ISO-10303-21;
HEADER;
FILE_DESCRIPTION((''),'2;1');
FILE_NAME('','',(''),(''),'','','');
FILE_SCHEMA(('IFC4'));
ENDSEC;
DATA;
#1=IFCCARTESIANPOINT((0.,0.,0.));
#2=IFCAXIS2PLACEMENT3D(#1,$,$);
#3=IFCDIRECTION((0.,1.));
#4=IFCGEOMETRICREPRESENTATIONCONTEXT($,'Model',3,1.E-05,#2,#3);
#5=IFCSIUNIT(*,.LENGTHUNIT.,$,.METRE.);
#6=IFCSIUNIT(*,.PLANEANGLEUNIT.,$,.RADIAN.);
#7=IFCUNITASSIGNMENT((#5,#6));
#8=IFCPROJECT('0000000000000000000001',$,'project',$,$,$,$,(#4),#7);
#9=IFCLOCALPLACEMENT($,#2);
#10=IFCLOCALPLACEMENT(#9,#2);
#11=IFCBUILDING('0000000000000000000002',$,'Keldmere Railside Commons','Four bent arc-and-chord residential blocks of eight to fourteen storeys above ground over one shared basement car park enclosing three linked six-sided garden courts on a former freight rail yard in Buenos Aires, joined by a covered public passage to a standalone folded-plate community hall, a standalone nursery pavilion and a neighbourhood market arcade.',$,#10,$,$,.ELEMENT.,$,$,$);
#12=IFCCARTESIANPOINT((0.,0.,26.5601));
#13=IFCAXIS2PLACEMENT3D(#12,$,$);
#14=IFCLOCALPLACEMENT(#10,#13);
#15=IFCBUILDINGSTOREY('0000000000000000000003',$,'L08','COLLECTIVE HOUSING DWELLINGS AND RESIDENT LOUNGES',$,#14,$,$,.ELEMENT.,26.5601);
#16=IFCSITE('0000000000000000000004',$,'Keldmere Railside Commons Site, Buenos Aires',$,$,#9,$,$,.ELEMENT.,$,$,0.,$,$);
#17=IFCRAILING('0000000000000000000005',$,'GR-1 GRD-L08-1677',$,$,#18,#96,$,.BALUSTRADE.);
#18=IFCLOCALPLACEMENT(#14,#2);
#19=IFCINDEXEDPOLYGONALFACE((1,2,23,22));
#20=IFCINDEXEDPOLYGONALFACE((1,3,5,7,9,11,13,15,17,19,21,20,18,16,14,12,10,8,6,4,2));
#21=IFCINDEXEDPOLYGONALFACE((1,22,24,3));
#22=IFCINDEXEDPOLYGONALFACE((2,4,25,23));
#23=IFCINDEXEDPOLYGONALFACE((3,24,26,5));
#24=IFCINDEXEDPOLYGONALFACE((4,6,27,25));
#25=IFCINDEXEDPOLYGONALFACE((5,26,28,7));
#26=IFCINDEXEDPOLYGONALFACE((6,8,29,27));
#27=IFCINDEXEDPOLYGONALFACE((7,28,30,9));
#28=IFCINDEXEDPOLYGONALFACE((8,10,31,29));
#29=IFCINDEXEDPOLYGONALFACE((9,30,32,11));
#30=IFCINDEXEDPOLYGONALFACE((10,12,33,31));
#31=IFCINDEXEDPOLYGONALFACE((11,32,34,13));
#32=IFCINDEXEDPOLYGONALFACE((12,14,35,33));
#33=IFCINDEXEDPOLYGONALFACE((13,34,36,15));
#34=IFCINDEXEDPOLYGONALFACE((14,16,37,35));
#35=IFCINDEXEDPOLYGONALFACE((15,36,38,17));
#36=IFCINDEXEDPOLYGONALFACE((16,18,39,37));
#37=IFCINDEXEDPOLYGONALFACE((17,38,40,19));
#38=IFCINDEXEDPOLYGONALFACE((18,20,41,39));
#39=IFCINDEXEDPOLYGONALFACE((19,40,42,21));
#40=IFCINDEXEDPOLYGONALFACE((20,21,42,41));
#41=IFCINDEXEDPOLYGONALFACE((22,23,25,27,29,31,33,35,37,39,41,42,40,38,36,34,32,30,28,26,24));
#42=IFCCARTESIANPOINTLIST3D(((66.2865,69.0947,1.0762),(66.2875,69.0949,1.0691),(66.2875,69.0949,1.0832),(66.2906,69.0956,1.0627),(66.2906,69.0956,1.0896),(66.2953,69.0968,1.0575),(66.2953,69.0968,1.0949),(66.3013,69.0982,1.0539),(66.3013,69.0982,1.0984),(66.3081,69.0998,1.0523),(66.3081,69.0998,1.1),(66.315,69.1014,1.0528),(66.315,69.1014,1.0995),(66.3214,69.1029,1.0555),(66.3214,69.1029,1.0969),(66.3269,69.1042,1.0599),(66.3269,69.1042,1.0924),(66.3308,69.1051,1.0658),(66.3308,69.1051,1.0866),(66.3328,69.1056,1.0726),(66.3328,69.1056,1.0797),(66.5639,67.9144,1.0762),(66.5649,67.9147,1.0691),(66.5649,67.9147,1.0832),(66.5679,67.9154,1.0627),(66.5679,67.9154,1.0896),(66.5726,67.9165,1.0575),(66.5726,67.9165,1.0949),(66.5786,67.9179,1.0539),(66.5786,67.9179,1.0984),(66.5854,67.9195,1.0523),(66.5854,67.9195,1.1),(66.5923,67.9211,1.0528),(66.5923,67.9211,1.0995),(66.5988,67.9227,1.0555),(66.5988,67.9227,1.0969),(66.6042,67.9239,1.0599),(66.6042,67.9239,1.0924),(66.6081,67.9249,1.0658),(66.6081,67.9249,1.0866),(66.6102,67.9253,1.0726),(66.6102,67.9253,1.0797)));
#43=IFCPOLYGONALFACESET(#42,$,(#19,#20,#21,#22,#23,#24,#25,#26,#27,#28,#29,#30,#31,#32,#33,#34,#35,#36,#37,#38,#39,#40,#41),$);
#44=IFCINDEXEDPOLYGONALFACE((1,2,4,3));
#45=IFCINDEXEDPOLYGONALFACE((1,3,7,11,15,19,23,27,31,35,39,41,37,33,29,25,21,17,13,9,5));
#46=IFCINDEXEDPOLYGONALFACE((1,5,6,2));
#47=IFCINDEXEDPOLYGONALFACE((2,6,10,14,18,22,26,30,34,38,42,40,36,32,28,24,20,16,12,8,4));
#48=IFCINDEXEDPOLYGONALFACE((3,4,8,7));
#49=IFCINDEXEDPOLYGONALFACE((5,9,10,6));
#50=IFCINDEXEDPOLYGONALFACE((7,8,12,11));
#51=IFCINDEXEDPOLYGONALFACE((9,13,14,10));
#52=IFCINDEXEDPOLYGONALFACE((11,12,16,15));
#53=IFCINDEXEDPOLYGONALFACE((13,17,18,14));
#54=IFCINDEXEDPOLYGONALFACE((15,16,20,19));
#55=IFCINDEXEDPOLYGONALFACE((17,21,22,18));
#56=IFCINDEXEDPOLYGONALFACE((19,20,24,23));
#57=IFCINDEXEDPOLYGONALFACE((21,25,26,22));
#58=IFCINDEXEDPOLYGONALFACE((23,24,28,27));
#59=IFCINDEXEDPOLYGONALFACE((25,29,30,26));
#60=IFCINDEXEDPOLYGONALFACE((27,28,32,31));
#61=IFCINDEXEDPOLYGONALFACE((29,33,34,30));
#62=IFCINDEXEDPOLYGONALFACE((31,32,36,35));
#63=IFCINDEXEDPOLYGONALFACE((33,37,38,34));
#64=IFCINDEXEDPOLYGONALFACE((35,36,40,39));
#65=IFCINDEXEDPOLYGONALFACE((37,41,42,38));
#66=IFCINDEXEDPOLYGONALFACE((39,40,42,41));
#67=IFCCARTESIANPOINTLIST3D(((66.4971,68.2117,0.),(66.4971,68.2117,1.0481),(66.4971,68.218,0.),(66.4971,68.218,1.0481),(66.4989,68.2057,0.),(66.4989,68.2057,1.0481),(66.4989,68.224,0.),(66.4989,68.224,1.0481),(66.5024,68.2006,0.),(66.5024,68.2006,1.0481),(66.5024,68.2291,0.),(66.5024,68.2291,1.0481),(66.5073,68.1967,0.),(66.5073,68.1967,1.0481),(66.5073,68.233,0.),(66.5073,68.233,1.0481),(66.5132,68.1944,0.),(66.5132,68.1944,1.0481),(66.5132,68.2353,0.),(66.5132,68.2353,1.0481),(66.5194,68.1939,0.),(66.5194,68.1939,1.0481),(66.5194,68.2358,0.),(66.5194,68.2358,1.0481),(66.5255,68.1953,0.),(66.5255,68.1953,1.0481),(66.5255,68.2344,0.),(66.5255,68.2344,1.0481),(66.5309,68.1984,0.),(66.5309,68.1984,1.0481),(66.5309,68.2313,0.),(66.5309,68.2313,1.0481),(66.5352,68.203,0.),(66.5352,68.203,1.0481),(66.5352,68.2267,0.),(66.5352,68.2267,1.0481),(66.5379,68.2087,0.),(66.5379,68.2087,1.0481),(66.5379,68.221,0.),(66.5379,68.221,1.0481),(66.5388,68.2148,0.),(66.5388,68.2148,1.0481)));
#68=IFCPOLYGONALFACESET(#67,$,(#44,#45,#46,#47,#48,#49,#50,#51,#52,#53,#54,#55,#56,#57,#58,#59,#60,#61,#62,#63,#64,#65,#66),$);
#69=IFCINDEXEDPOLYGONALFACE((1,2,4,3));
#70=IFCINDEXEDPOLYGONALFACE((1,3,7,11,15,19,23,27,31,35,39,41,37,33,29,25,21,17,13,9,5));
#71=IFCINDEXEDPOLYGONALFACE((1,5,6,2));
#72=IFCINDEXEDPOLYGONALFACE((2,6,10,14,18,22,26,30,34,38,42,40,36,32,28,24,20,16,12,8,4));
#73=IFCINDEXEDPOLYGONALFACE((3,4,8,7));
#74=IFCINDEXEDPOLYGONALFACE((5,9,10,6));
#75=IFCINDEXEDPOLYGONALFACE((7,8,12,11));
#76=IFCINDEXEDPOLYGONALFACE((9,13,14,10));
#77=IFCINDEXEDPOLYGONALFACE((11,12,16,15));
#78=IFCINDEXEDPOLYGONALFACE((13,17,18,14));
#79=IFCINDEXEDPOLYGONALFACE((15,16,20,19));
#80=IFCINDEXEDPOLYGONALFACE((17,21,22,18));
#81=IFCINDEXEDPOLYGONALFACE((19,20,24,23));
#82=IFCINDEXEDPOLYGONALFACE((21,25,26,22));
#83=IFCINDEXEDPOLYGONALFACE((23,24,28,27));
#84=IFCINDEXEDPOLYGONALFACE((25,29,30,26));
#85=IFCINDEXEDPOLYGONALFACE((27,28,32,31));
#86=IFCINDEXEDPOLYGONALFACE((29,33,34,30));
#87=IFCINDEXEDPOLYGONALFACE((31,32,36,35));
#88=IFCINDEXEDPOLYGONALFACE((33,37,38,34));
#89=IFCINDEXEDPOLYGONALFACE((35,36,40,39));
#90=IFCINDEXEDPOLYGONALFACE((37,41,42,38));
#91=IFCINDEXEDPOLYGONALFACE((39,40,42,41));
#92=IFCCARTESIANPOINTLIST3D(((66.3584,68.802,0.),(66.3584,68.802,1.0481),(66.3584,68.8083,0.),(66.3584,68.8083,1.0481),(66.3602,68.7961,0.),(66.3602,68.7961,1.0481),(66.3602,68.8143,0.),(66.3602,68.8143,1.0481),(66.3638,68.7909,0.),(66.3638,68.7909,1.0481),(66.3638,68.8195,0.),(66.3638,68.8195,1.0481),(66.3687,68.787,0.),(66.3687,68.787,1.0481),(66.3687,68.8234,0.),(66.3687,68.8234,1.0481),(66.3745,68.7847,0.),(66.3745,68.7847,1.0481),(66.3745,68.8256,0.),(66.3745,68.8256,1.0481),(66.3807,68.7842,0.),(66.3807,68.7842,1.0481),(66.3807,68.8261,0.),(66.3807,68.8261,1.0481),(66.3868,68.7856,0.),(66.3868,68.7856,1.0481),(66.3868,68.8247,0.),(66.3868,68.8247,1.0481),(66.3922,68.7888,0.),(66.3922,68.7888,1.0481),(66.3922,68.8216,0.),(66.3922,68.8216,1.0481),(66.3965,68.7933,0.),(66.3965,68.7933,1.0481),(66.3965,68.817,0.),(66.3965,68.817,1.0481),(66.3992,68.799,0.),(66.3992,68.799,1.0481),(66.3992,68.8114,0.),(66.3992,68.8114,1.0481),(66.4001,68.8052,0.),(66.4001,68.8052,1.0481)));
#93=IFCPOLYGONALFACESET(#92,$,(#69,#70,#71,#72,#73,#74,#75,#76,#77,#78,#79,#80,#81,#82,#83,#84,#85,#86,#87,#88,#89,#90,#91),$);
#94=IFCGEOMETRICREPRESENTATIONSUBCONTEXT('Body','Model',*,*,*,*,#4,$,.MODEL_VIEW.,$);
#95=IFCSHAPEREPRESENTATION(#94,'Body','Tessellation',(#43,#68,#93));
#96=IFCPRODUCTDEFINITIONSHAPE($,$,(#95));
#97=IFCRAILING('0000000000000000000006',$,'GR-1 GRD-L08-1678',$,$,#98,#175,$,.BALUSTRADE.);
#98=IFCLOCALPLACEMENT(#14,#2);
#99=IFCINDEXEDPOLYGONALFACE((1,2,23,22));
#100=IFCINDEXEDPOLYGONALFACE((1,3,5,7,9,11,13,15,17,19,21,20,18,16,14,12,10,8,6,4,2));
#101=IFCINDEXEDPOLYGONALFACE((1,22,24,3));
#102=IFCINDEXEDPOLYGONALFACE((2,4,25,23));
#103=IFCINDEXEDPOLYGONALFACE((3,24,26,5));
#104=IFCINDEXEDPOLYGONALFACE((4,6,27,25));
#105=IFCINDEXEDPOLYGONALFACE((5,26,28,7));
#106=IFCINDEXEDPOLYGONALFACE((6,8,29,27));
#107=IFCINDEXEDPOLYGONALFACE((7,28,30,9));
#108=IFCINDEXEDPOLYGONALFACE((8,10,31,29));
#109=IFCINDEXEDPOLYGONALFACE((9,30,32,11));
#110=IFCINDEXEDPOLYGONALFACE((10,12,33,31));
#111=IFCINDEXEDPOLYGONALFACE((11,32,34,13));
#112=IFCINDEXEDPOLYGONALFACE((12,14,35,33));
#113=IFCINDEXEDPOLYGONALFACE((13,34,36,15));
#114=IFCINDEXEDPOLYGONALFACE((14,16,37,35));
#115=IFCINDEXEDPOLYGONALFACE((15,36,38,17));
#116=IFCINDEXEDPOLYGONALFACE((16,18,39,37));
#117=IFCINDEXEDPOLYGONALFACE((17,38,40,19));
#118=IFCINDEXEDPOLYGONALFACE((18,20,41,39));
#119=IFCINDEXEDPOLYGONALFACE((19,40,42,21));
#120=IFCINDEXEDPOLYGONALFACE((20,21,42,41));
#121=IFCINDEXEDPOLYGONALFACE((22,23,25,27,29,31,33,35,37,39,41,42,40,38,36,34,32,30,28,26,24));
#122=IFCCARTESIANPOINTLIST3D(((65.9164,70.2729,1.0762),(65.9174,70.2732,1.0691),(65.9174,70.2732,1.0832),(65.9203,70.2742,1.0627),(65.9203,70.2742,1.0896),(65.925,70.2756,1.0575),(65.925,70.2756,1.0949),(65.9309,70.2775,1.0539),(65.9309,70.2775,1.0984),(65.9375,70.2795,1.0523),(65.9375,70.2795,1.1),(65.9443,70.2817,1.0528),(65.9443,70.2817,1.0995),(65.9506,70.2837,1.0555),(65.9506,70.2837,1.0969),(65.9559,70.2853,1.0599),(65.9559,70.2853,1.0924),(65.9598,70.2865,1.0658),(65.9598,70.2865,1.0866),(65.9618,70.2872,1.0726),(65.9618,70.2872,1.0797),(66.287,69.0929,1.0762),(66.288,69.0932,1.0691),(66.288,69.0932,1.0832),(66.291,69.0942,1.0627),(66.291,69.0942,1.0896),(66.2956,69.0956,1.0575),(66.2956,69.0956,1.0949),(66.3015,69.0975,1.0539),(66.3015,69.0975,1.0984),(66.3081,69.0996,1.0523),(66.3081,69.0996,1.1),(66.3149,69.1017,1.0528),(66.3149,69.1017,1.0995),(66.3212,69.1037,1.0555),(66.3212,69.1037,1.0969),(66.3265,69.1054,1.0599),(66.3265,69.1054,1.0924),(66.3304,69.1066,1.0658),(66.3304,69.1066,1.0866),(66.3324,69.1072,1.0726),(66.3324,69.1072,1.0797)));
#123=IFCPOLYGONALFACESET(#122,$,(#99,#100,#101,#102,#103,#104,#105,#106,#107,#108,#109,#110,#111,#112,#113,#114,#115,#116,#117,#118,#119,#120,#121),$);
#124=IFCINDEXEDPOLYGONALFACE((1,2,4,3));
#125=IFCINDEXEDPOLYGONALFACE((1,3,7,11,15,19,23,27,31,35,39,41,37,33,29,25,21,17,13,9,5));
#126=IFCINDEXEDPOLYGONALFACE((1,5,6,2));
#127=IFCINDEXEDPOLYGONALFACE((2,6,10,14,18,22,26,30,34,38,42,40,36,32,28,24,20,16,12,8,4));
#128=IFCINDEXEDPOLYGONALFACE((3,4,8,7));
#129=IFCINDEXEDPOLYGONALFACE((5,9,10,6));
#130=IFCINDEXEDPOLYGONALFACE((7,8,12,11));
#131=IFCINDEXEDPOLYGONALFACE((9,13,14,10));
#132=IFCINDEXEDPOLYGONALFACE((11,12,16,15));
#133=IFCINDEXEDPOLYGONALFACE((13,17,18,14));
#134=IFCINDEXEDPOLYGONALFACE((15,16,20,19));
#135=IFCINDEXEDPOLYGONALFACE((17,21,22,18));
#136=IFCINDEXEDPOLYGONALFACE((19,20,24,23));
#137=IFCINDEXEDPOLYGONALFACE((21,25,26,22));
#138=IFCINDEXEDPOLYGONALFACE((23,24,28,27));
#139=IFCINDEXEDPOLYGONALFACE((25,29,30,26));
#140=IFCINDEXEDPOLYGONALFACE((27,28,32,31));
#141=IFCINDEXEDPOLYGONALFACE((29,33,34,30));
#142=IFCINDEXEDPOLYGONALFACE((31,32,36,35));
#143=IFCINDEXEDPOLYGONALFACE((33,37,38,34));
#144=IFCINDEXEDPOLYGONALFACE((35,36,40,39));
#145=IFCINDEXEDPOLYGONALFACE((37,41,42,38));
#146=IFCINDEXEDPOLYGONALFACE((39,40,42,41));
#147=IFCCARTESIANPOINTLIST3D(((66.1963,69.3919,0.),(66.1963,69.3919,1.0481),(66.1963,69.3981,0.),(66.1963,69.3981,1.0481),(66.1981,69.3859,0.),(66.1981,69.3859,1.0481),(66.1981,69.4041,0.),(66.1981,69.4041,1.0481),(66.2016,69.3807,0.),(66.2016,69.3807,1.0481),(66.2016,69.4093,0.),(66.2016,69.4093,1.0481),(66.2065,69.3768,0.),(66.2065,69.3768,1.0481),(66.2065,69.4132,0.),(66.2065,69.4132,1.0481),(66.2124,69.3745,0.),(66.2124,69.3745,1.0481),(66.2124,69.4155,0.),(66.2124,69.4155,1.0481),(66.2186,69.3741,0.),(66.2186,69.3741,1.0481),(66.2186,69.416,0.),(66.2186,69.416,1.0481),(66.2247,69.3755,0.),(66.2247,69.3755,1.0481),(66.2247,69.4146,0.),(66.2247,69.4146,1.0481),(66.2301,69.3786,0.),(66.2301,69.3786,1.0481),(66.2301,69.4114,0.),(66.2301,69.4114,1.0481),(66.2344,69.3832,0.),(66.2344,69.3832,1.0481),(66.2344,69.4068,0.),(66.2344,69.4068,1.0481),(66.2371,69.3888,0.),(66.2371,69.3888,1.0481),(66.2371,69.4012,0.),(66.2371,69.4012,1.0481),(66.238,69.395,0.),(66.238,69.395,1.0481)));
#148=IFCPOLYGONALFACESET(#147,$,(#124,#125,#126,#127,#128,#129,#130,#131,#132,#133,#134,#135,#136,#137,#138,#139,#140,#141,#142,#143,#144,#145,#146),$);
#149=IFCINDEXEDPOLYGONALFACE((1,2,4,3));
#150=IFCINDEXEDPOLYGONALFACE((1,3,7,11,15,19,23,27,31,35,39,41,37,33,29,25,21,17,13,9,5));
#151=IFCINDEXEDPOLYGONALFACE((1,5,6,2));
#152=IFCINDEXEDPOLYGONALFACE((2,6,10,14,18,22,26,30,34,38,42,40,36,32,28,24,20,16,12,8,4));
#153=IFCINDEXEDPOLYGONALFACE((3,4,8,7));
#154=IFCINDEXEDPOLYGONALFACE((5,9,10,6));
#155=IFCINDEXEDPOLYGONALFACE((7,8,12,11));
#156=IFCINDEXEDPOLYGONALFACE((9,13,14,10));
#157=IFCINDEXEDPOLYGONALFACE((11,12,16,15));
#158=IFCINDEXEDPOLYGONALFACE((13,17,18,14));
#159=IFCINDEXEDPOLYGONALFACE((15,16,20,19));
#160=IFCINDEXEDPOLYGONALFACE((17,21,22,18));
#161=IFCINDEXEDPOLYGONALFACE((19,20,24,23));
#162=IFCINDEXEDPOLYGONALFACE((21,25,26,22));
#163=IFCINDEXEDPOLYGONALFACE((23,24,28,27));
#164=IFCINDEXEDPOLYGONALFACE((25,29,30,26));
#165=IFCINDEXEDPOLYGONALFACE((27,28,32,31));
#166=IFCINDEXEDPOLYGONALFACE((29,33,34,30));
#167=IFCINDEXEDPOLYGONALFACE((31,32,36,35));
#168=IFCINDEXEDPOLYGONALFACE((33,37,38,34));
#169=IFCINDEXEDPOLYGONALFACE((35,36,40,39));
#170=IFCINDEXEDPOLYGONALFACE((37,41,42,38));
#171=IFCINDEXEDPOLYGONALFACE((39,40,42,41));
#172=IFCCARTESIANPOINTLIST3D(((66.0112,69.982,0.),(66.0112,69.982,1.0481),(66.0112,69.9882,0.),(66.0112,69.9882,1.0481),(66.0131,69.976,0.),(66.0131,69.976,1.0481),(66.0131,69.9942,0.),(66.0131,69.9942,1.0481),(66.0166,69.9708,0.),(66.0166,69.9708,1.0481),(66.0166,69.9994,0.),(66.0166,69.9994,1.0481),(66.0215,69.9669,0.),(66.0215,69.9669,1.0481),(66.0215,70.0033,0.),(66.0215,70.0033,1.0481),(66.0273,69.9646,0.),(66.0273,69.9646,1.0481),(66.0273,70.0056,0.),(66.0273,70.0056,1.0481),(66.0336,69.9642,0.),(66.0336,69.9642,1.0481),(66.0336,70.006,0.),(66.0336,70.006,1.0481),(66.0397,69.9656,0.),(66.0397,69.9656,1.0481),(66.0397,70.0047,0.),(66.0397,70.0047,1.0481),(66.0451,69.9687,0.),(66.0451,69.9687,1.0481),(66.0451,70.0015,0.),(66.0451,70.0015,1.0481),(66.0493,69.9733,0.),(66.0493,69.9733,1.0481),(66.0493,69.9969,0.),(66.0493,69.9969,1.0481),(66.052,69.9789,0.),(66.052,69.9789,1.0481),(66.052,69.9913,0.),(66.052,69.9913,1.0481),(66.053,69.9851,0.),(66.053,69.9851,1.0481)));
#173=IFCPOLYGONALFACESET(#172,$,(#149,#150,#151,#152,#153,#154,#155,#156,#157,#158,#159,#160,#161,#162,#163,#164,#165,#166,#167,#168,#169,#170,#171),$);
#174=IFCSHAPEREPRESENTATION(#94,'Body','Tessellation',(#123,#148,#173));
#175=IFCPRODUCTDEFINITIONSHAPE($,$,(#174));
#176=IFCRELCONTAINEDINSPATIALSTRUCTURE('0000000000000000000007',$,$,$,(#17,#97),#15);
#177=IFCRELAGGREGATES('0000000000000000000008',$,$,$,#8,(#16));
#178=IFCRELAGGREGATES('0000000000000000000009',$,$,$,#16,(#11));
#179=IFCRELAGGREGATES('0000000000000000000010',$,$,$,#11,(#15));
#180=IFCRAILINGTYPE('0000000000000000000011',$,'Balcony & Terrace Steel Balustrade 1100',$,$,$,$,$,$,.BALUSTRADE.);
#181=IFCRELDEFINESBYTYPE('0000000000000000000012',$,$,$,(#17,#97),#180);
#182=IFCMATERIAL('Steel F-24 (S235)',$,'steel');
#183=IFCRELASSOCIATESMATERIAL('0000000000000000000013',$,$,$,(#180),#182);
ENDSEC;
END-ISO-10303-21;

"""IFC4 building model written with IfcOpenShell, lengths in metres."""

from ifc_helpers import new_model, si_unit, direction, frame, origin, origin_2d, place, context, subcontext, project, spatial, circle, extrude, material, type_object, element, save


model = new_model("IFC4")

# Units and contexts
model_context = context("Model", 3, precision=1e-05, world=origin(), true_north=direction((0.0, 1.0)))
body_context = subcontext(model_context, "Body", "Model", "MODEL_VIEW")
ifc_project = project(units=[si_unit("LENGTHUNIT", "METRE"), si_unit("PLANEANGLEUNIT", "RADIAN")], contexts=[model_context])

# Site, building, storey
site_placement = place(None, origin())
site = spatial("IfcSite", under=ifc_project, at=site_placement, Name="Keldmere Railside Commons Site, Buenos Aires", CompositionType="ELEMENT", RefElevation=0.0)
building_placement = place(site_placement, origin())
building = spatial("IfcBuilding", under=site, at=building_placement, Name="Keldmere Railside Commons", Description="Four bent arc-and-chord residential blocks of eight to fourteen storeys above ground over one shared basement car park enclosing three linked six-sided garden courts on a former freight rail yard in Buenos Aires, joined by a covered public passage to a standalone folded-plate community hall, a standalone nursery pavilion and a neighbourhood market arcade.", CompositionType="ELEMENT")
storey_placement = place(building_placement, frame((0.0, 0.0, 26.5601)))
storey = spatial("IfcBuildingStorey", under=building, at=storey_placement, Name="L08", Description="COLLECTIVE HOUSING DWELLINGS AND RESIDENT LOUNGES", CompositionType="ELEMENT", Elevation=26.5601)

# Railings
ifc_material_1 = material(Name="Steel F-24 (S235)", Category="steel")
railing_type = type_object("IfcRailingType", Name="Balcony & Terrace Steel Balustrade 1100", PredefinedType="BALUSTRADE", material=ifc_material_1)
railing_1_placement = place(storey_placement, frame((66.5872, 67.9199, 0.0)))
element("IfcRailing", 1, at=railing_1_placement, inside=storey, type_object=railing_type, Name="GR-1 GRD-L08-1677", PredefinedType="BALUSTRADE", context=body_context, shape_type="SweptSolid", body=[
    extrude(circle(Radius=0.0239, at=origin_2d()), frame((0.0, 0.0, 1.0762), z_axis=(-0.22877, 0.973481, 0.0), x_axis=(-0.973481, -0.22877, 0.0)), (0.0, 0.0, 1.0), 1.2124),
    extrude(circle(Radius=0.021, at=origin_2d()), frame((-0.0693, 0.2949, 0.0)), (0.0, 0.0, 1.0), 1.0481),
    extrude(circle(Radius=0.021, at=origin_2d()), frame((-0.208, 0.8853, 0.0)), (0.0, 0.0, 1.0), 1.0481),
])
railing_2_placement = place(storey_placement, frame((66.3098, 69.1001, 0.0)))
element("IfcRailing", 2, at=railing_2_placement, inside=storey, type_object=railing_type, Name="GR-1 GRD-L08-1678", PredefinedType="BALUSTRADE", context=body_context, shape_type="SweptSolid", body=[
    extrude(circle(Radius=0.0239, at=origin_2d()), frame((0.0, 0.0, 1.0762), z_axis=(-0.299657, 0.954047, 0.0), x_axis=(-0.954047, -0.299657, 0.0)), (0.0, 0.0, 1.0), 1.2368),
    extrude(circle(Radius=0.021, at=origin_2d()), frame((-0.0928, 0.2949, 0.0)), (0.0, 0.0, 1.0), 1.0481),
    extrude(circle(Radius=0.021, at=origin_2d()), frame((-0.2778, 0.885, 0.0)), (0.0, 0.0, 1.0), 1.0481),
])

save(model, "model.ifc")
